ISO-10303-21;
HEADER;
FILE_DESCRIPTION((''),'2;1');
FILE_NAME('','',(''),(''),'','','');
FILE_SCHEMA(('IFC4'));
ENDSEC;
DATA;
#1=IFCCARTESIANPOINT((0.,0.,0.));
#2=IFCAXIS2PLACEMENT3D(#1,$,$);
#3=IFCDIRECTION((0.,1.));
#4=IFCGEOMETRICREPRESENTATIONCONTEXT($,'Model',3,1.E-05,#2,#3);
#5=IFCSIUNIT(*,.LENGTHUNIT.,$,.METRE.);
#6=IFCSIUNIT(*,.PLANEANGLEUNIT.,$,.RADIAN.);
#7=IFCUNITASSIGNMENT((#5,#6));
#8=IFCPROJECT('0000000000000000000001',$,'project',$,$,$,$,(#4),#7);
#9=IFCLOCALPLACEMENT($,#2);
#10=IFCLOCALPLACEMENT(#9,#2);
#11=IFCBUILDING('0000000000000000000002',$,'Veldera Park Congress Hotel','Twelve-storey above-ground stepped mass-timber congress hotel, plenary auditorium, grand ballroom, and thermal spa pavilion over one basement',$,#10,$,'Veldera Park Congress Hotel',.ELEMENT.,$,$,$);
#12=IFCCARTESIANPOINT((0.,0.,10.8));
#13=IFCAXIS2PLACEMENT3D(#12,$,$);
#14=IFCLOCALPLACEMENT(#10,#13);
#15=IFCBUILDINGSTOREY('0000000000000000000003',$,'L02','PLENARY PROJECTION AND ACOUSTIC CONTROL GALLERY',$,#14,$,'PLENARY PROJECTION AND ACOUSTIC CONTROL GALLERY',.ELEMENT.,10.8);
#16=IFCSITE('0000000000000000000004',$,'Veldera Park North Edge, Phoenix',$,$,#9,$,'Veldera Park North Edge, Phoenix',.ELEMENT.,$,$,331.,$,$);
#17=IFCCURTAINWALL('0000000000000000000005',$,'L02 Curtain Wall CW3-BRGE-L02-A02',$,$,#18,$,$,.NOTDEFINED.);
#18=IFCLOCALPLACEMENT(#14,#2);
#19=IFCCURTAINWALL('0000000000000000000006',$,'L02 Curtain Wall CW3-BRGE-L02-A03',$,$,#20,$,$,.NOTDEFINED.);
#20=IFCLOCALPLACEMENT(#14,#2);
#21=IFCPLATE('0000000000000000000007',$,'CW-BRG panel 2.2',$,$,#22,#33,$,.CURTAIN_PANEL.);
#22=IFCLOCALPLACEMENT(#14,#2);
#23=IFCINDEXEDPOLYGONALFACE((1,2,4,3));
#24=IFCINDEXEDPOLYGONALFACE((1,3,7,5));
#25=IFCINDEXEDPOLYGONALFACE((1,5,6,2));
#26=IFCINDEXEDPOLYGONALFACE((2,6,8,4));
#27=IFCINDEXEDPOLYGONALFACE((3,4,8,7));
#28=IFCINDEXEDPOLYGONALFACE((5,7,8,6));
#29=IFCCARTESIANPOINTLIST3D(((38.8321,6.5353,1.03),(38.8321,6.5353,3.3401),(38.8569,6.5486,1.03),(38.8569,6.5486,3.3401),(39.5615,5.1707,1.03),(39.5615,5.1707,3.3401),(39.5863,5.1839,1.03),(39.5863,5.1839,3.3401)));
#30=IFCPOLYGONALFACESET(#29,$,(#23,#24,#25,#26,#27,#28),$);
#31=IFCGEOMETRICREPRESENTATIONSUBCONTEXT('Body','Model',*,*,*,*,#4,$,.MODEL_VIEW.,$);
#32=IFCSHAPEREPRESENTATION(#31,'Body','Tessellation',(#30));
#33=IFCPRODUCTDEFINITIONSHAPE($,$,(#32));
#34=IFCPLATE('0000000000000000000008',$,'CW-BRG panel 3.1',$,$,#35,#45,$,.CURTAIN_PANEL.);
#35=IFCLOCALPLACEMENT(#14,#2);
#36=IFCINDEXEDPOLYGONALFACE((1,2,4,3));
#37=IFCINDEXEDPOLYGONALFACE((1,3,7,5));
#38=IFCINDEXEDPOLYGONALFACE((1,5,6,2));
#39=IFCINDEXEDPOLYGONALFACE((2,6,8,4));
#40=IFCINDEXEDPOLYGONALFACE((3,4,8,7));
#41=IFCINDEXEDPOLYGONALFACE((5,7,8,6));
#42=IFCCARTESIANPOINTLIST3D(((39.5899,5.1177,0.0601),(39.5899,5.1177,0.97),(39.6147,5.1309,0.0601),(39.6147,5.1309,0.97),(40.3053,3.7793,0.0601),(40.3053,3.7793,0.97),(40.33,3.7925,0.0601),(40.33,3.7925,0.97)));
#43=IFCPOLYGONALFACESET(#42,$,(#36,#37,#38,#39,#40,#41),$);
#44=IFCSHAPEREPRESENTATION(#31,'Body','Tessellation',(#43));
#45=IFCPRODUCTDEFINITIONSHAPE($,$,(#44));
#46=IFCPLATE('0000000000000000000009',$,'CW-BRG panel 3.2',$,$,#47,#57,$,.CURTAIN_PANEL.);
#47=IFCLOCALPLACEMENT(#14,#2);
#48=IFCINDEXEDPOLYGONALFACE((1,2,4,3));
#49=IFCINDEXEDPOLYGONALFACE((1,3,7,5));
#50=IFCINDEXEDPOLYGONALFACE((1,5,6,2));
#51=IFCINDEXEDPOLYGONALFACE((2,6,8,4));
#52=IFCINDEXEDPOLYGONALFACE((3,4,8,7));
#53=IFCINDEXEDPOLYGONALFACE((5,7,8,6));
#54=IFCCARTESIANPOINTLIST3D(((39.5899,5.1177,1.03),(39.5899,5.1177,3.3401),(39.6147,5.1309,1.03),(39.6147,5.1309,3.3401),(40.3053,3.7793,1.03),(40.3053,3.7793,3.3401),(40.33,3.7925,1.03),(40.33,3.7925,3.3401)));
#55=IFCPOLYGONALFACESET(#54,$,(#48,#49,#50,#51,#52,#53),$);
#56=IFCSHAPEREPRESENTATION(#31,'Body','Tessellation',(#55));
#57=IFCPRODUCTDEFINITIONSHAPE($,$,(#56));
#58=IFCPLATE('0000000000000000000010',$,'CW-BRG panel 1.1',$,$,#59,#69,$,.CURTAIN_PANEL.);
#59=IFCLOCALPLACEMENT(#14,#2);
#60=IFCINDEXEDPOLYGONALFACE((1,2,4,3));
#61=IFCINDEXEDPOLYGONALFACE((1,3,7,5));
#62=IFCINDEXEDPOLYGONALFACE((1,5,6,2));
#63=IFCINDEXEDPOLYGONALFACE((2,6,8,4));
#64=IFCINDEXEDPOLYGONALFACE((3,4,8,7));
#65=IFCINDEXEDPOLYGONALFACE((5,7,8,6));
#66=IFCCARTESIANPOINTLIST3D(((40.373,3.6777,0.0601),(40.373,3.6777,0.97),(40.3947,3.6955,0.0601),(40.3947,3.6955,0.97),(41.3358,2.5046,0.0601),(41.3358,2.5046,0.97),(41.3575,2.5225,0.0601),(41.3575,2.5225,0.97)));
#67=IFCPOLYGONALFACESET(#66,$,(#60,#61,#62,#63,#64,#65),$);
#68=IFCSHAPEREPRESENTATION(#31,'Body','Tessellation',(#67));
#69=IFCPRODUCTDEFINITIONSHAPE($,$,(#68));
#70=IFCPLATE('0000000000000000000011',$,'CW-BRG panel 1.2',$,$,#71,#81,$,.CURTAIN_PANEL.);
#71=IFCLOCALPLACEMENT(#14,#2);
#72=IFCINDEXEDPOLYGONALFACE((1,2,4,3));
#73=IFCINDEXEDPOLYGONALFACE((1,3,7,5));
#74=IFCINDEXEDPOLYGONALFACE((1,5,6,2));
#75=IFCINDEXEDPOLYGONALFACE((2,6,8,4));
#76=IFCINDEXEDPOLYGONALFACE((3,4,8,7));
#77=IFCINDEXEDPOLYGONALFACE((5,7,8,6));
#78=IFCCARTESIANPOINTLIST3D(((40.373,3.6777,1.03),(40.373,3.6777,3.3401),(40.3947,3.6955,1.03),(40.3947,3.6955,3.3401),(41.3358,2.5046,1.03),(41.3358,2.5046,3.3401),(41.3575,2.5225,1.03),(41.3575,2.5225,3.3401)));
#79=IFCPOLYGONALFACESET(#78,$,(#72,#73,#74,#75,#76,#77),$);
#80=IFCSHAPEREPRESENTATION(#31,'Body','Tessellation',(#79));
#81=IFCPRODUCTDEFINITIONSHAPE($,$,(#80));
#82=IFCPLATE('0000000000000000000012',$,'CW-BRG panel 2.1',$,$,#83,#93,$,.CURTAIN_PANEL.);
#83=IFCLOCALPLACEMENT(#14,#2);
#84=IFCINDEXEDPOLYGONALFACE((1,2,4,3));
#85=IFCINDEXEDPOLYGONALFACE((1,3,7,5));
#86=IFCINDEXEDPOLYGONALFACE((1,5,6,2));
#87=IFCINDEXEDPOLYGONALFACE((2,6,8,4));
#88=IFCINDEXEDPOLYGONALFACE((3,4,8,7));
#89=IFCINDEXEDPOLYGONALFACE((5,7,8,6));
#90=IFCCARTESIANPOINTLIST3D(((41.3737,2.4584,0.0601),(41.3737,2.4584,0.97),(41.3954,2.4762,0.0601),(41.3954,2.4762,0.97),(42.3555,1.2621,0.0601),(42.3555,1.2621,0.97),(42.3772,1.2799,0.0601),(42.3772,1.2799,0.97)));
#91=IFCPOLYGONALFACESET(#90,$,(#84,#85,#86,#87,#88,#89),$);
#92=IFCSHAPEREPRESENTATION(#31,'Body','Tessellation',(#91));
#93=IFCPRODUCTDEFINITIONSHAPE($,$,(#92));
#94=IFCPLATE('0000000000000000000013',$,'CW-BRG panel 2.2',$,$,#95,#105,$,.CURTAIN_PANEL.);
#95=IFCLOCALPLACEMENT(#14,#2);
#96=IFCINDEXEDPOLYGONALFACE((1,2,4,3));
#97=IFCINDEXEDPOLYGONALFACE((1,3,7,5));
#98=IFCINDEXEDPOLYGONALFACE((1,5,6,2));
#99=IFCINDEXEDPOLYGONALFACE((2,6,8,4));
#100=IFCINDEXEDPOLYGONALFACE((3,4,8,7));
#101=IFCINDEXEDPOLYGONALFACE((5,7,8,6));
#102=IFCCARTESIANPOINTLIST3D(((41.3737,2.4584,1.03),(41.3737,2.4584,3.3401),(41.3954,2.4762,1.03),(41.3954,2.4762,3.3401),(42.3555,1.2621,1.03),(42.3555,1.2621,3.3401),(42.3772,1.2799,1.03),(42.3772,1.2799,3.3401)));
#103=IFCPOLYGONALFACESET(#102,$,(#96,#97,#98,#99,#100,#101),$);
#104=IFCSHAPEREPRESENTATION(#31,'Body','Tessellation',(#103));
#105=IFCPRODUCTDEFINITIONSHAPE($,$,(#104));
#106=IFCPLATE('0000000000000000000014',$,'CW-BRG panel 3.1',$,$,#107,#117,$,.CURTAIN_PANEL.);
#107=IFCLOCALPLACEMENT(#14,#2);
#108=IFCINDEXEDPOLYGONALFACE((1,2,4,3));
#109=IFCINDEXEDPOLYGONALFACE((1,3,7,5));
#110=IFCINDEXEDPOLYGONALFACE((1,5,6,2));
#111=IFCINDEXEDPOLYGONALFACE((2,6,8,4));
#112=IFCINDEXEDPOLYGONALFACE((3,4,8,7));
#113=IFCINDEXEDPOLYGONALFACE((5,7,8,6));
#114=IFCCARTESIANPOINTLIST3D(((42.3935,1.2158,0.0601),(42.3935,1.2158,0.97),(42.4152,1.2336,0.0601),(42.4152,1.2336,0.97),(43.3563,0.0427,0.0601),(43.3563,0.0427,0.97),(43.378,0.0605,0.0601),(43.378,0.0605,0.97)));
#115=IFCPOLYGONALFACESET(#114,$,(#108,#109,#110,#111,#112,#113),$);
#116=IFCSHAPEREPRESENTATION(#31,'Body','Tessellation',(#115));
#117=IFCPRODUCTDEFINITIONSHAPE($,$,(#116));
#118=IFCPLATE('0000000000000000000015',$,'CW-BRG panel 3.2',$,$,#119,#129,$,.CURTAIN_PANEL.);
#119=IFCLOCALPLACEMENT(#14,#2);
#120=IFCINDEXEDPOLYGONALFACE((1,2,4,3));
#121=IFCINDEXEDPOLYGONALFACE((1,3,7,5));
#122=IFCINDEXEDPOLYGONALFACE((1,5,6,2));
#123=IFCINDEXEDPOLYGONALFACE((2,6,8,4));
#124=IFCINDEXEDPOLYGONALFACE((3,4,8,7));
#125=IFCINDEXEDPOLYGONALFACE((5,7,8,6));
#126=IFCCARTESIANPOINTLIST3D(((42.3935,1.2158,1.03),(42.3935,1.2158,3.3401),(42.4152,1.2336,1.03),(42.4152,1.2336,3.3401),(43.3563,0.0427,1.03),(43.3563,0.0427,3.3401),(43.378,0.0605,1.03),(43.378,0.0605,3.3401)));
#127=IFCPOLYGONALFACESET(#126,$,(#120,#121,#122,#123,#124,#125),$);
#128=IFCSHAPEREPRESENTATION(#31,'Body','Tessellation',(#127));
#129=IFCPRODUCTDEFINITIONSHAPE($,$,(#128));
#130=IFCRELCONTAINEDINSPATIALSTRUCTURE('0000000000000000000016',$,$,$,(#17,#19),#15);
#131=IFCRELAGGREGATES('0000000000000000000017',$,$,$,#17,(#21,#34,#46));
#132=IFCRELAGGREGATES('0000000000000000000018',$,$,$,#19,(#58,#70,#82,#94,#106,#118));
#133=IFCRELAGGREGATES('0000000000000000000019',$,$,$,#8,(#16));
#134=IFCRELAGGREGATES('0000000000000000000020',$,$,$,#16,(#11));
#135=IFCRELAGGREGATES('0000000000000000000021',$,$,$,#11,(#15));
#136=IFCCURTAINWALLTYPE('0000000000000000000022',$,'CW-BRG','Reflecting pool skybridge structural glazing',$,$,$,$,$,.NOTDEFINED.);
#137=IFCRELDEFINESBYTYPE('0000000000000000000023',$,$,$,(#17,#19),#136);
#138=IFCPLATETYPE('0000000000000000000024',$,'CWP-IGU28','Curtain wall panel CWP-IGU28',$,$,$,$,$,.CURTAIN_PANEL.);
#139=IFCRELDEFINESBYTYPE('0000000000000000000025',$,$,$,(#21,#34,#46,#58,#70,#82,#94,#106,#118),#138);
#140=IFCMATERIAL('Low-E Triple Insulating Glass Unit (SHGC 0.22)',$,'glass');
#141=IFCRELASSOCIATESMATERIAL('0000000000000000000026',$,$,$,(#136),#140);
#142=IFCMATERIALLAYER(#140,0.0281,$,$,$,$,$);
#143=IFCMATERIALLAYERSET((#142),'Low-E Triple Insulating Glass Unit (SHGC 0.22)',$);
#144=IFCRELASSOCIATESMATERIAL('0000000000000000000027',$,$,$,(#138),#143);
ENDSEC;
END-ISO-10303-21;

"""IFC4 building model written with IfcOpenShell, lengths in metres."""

from ifc_helpers import new_model, si_unit, direction, frame, origin, origin_2d, place, context, subcontext, project, spatial, rectangle, extrude, material, layer, layer_set, type_object, element, aggregate, save


model = new_model("IFC4")

# Units and contexts
model_context = context("Model", 3, precision=1e-05, world=origin(), true_north=direction((0.0, 1.0)))
body_context = subcontext(model_context, "Body", "Model", "MODEL_VIEW")
ifc_project = project(units=[si_unit("LENGTHUNIT", "METRE"), si_unit("PLANEANGLEUNIT", "RADIAN")], contexts=[model_context])

# Site, building, storey
site_placement = place(None, origin())
site = spatial("IfcSite", under=ifc_project, at=site_placement, Name="Veldera Park North Edge, Phoenix", LongName="Veldera Park North Edge, Phoenix", CompositionType="ELEMENT", RefElevation=331.0)
building_placement = place(site_placement, origin())
building = spatial("IfcBuilding", under=site, at=building_placement, Name="Veldera Park Congress Hotel", Description="Twelve-storey above-ground stepped mass-timber congress hotel, plenary auditorium, grand ballroom, and thermal spa pavilion over one basement", LongName="Veldera Park Congress Hotel", CompositionType="ELEMENT")
storey_placement = place(building_placement, frame((0.0, 0.0, 10.8)))
storey = spatial("IfcBuildingStorey", under=building, at=storey_placement, Name="L02", Description="PLENARY PROJECTION AND ACOUSTIC CONTROL GALLERY", LongName="PLENARY PROJECTION AND ACOUSTIC CONTROL GALLERY", CompositionType="ELEMENT", Elevation=10.8)

# Shared definitions
ifc_material_1 = material(Name="Low-E Triple Insulating Glass Unit (SHGC 0.22)", Category="glass")
curtain_wall_type = type_object("IfcCurtainWallType", Name="CW-BRG", Description="Reflecting pool skybridge structural glazing", PredefinedType="NOTDEFINED", material=ifc_material_1)

# Curtain walls
curtain_wall_1_placement = place(storey_placement, origin())
curtain_wall_1 = element("IfcCurtainWall", 1, at=curtain_wall_1_placement, inside=storey, type_object=curtain_wall_type, Name="L02 Curtain Wall CW3-BRGE-L02-A02", PredefinedType="NOTDEFINED")
curtain_wall_2_placement = place(storey_placement, origin())
curtain_wall_2 = element("IfcCurtainWall", 2, at=curtain_wall_2_placement, inside=storey, type_object=curtain_wall_type, Name="L02 Curtain Wall CW3-BRGE-L02-A03", PredefinedType="NOTDEFINED")

# Plates
ifc_layer = layer(ifc_material_1, 0.0281)
ifc_layer_set = layer_set([ifc_layer], Name="Low-E Triple Insulating Glass Unit (SHGC 0.22)")
plate_type = type_object("IfcPlateType", Name="CWP-IGU28", Description="Curtain wall panel CWP-IGU28", PredefinedType="CURTAIN_PANEL", material=ifc_layer_set)
plate_1_placement = place(storey_placement, frame((39.2092, 5.8596, 1.03), z_axis=(0.0, 0.0, 1.0), x_axis=(0.471385, -0.881928, 0.0)))
plate_1 = element("IfcPlate", 3, at=plate_1_placement, type_object=plate_type, Name="CW-BRG panel 2.2", PredefinedType="CURTAIN_PANEL", context=body_context, shape_type="SweptSolid", body=[
    extrude(rectangle(XDim=1.5474, YDim=0.0281, at=origin_2d()), origin(), (0.0, 0.0, 1.0), 2.3101),
])
plate_2_placement = place(storey_placement, frame((39.96, 4.4551, 0.0601), z_axis=(0.0, 0.0, 1.0), x_axis=(0.471385, -0.881928, 0.0)))
plate_2 = element("IfcPlate", 4, at=plate_2_placement, type_object=plate_type, Name="CW-BRG panel 3.1", PredefinedType="CURTAIN_PANEL", context=body_context, shape_type="SweptSolid", body=[
    extrude(rectangle(XDim=1.5176, YDim=0.0281, at=origin_2d()), origin(), (0.0, 0.0, 1.0), 0.9099),
])
plate_3_placement = place(storey_placement, frame((39.96, 4.4551, 1.03), z_axis=(0.0, 0.0, 1.0), x_axis=(0.471385, -0.881928, 0.0)))
plate_3 = element("IfcPlate", 5, at=plate_3_placement, type_object=plate_type, Name="CW-BRG panel 3.2", PredefinedType="CURTAIN_PANEL", context=body_context, shape_type="SweptSolid", body=[
    extrude(rectangle(XDim=1.5176, YDim=0.0281, at=origin_2d()), origin(), (0.0, 0.0, 1.0), 2.3101),
])
aggregate(curtain_wall_1, [plate_1, plate_2, plate_3])
plate_4_placement = place(storey_placement, frame((40.8652, 3.1001, 0.0601), z_axis=(0.0, 0.0, 1.0), x_axis=(0.634402, -0.773003, 0.0)))
plate_4 = element("IfcPlate", 6, at=plate_4_placement, type_object=plate_type, Name="CW-BRG panel 1.1", PredefinedType="CURTAIN_PANEL", context=body_context, shape_type="SweptSolid", body=[
    extrude(rectangle(XDim=1.5176, YDim=0.0281, at=origin_2d()), origin(), (0.0, 0.0, 1.0), 0.9099),
])
plate_5_placement = place(storey_placement, frame((40.8652, 3.1001, 1.03), z_axis=(0.0, 0.0, 1.0), x_axis=(0.634402, -0.773003, 0.0)))
plate_5 = element("IfcPlate", 7, at=plate_5_placement, type_object=plate_type, Name="CW-BRG panel 1.2", PredefinedType="CURTAIN_PANEL", context=body_context, shape_type="SweptSolid", body=[
    extrude(rectangle(XDim=1.5176, YDim=0.0281, at=origin_2d()), origin(), (0.0, 0.0, 1.0), 2.3101),
])
plate_6_placement = place(storey_placement, frame((41.8755, 1.8691, 0.0601), z_axis=(0.0, 0.0, 1.0), x_axis=(0.634402, -0.773003, 0.0)))
plate_6 = element("IfcPlate", 8, at=plate_6_placement, type_object=plate_type, Name="CW-BRG panel 2.1", PredefinedType="CURTAIN_PANEL", context=body_context, shape_type="SweptSolid", body=[
    extrude(rectangle(XDim=1.5476, YDim=0.0281, at=origin_2d()), origin(), (0.0, 0.0, 1.0), 0.9099),
])
plate_7_placement = place(storey_placement, frame((41.8755, 1.8691, 1.03), z_axis=(0.0, 0.0, 1.0), x_axis=(0.634402, -0.773003, 0.0)))
plate_7 = element("IfcPlate", 9, at=plate_7_placement, type_object=plate_type, Name="CW-BRG panel 2.2", PredefinedType="CURTAIN_PANEL", context=body_context, shape_type="SweptSolid", body=[
    extrude(rectangle(XDim=1.5476, YDim=0.0281, at=origin_2d()), origin(), (0.0, 0.0, 1.0), 2.3101),
])
plate_8_placement = place(storey_placement, frame((42.8857, 0.6382, 0.0601), z_axis=(0.0, 0.0, 1.0), x_axis=(0.634402, -0.773003, 0.0)))
plate_8 = element("IfcPlate", 10, at=plate_8_placement, type_object=plate_type, Name="CW-BRG panel 3.1", PredefinedType="CURTAIN_PANEL", context=body_context, shape_type="SweptSolid", body=[
    extrude(rectangle(XDim=1.5176, YDim=0.0281, at=origin_2d()), origin(), (0.0, 0.0, 1.0), 0.9099),
])
plate_9_placement = place(storey_placement, frame((42.8857, 0.6382, 1.03), z_axis=(0.0, 0.0, 1.0), x_axis=(0.634402, -0.773003, 0.0)))
plate_9 = element("IfcPlate", 11, at=plate_9_placement, type_object=plate_type, Name="CW-BRG panel 3.2", PredefinedType="CURTAIN_PANEL", context=body_context, shape_type="SweptSolid", body=[
    extrude(rectangle(XDim=1.5176, YDim=0.0281, at=origin_2d()), origin(), (0.0, 0.0, 1.0), 2.3101),
])
aggregate(curtain_wall_2, [plate_4, plate_5, plate_6, plate_7, plate_8, plate_9])

save(model, "model.ifc")
